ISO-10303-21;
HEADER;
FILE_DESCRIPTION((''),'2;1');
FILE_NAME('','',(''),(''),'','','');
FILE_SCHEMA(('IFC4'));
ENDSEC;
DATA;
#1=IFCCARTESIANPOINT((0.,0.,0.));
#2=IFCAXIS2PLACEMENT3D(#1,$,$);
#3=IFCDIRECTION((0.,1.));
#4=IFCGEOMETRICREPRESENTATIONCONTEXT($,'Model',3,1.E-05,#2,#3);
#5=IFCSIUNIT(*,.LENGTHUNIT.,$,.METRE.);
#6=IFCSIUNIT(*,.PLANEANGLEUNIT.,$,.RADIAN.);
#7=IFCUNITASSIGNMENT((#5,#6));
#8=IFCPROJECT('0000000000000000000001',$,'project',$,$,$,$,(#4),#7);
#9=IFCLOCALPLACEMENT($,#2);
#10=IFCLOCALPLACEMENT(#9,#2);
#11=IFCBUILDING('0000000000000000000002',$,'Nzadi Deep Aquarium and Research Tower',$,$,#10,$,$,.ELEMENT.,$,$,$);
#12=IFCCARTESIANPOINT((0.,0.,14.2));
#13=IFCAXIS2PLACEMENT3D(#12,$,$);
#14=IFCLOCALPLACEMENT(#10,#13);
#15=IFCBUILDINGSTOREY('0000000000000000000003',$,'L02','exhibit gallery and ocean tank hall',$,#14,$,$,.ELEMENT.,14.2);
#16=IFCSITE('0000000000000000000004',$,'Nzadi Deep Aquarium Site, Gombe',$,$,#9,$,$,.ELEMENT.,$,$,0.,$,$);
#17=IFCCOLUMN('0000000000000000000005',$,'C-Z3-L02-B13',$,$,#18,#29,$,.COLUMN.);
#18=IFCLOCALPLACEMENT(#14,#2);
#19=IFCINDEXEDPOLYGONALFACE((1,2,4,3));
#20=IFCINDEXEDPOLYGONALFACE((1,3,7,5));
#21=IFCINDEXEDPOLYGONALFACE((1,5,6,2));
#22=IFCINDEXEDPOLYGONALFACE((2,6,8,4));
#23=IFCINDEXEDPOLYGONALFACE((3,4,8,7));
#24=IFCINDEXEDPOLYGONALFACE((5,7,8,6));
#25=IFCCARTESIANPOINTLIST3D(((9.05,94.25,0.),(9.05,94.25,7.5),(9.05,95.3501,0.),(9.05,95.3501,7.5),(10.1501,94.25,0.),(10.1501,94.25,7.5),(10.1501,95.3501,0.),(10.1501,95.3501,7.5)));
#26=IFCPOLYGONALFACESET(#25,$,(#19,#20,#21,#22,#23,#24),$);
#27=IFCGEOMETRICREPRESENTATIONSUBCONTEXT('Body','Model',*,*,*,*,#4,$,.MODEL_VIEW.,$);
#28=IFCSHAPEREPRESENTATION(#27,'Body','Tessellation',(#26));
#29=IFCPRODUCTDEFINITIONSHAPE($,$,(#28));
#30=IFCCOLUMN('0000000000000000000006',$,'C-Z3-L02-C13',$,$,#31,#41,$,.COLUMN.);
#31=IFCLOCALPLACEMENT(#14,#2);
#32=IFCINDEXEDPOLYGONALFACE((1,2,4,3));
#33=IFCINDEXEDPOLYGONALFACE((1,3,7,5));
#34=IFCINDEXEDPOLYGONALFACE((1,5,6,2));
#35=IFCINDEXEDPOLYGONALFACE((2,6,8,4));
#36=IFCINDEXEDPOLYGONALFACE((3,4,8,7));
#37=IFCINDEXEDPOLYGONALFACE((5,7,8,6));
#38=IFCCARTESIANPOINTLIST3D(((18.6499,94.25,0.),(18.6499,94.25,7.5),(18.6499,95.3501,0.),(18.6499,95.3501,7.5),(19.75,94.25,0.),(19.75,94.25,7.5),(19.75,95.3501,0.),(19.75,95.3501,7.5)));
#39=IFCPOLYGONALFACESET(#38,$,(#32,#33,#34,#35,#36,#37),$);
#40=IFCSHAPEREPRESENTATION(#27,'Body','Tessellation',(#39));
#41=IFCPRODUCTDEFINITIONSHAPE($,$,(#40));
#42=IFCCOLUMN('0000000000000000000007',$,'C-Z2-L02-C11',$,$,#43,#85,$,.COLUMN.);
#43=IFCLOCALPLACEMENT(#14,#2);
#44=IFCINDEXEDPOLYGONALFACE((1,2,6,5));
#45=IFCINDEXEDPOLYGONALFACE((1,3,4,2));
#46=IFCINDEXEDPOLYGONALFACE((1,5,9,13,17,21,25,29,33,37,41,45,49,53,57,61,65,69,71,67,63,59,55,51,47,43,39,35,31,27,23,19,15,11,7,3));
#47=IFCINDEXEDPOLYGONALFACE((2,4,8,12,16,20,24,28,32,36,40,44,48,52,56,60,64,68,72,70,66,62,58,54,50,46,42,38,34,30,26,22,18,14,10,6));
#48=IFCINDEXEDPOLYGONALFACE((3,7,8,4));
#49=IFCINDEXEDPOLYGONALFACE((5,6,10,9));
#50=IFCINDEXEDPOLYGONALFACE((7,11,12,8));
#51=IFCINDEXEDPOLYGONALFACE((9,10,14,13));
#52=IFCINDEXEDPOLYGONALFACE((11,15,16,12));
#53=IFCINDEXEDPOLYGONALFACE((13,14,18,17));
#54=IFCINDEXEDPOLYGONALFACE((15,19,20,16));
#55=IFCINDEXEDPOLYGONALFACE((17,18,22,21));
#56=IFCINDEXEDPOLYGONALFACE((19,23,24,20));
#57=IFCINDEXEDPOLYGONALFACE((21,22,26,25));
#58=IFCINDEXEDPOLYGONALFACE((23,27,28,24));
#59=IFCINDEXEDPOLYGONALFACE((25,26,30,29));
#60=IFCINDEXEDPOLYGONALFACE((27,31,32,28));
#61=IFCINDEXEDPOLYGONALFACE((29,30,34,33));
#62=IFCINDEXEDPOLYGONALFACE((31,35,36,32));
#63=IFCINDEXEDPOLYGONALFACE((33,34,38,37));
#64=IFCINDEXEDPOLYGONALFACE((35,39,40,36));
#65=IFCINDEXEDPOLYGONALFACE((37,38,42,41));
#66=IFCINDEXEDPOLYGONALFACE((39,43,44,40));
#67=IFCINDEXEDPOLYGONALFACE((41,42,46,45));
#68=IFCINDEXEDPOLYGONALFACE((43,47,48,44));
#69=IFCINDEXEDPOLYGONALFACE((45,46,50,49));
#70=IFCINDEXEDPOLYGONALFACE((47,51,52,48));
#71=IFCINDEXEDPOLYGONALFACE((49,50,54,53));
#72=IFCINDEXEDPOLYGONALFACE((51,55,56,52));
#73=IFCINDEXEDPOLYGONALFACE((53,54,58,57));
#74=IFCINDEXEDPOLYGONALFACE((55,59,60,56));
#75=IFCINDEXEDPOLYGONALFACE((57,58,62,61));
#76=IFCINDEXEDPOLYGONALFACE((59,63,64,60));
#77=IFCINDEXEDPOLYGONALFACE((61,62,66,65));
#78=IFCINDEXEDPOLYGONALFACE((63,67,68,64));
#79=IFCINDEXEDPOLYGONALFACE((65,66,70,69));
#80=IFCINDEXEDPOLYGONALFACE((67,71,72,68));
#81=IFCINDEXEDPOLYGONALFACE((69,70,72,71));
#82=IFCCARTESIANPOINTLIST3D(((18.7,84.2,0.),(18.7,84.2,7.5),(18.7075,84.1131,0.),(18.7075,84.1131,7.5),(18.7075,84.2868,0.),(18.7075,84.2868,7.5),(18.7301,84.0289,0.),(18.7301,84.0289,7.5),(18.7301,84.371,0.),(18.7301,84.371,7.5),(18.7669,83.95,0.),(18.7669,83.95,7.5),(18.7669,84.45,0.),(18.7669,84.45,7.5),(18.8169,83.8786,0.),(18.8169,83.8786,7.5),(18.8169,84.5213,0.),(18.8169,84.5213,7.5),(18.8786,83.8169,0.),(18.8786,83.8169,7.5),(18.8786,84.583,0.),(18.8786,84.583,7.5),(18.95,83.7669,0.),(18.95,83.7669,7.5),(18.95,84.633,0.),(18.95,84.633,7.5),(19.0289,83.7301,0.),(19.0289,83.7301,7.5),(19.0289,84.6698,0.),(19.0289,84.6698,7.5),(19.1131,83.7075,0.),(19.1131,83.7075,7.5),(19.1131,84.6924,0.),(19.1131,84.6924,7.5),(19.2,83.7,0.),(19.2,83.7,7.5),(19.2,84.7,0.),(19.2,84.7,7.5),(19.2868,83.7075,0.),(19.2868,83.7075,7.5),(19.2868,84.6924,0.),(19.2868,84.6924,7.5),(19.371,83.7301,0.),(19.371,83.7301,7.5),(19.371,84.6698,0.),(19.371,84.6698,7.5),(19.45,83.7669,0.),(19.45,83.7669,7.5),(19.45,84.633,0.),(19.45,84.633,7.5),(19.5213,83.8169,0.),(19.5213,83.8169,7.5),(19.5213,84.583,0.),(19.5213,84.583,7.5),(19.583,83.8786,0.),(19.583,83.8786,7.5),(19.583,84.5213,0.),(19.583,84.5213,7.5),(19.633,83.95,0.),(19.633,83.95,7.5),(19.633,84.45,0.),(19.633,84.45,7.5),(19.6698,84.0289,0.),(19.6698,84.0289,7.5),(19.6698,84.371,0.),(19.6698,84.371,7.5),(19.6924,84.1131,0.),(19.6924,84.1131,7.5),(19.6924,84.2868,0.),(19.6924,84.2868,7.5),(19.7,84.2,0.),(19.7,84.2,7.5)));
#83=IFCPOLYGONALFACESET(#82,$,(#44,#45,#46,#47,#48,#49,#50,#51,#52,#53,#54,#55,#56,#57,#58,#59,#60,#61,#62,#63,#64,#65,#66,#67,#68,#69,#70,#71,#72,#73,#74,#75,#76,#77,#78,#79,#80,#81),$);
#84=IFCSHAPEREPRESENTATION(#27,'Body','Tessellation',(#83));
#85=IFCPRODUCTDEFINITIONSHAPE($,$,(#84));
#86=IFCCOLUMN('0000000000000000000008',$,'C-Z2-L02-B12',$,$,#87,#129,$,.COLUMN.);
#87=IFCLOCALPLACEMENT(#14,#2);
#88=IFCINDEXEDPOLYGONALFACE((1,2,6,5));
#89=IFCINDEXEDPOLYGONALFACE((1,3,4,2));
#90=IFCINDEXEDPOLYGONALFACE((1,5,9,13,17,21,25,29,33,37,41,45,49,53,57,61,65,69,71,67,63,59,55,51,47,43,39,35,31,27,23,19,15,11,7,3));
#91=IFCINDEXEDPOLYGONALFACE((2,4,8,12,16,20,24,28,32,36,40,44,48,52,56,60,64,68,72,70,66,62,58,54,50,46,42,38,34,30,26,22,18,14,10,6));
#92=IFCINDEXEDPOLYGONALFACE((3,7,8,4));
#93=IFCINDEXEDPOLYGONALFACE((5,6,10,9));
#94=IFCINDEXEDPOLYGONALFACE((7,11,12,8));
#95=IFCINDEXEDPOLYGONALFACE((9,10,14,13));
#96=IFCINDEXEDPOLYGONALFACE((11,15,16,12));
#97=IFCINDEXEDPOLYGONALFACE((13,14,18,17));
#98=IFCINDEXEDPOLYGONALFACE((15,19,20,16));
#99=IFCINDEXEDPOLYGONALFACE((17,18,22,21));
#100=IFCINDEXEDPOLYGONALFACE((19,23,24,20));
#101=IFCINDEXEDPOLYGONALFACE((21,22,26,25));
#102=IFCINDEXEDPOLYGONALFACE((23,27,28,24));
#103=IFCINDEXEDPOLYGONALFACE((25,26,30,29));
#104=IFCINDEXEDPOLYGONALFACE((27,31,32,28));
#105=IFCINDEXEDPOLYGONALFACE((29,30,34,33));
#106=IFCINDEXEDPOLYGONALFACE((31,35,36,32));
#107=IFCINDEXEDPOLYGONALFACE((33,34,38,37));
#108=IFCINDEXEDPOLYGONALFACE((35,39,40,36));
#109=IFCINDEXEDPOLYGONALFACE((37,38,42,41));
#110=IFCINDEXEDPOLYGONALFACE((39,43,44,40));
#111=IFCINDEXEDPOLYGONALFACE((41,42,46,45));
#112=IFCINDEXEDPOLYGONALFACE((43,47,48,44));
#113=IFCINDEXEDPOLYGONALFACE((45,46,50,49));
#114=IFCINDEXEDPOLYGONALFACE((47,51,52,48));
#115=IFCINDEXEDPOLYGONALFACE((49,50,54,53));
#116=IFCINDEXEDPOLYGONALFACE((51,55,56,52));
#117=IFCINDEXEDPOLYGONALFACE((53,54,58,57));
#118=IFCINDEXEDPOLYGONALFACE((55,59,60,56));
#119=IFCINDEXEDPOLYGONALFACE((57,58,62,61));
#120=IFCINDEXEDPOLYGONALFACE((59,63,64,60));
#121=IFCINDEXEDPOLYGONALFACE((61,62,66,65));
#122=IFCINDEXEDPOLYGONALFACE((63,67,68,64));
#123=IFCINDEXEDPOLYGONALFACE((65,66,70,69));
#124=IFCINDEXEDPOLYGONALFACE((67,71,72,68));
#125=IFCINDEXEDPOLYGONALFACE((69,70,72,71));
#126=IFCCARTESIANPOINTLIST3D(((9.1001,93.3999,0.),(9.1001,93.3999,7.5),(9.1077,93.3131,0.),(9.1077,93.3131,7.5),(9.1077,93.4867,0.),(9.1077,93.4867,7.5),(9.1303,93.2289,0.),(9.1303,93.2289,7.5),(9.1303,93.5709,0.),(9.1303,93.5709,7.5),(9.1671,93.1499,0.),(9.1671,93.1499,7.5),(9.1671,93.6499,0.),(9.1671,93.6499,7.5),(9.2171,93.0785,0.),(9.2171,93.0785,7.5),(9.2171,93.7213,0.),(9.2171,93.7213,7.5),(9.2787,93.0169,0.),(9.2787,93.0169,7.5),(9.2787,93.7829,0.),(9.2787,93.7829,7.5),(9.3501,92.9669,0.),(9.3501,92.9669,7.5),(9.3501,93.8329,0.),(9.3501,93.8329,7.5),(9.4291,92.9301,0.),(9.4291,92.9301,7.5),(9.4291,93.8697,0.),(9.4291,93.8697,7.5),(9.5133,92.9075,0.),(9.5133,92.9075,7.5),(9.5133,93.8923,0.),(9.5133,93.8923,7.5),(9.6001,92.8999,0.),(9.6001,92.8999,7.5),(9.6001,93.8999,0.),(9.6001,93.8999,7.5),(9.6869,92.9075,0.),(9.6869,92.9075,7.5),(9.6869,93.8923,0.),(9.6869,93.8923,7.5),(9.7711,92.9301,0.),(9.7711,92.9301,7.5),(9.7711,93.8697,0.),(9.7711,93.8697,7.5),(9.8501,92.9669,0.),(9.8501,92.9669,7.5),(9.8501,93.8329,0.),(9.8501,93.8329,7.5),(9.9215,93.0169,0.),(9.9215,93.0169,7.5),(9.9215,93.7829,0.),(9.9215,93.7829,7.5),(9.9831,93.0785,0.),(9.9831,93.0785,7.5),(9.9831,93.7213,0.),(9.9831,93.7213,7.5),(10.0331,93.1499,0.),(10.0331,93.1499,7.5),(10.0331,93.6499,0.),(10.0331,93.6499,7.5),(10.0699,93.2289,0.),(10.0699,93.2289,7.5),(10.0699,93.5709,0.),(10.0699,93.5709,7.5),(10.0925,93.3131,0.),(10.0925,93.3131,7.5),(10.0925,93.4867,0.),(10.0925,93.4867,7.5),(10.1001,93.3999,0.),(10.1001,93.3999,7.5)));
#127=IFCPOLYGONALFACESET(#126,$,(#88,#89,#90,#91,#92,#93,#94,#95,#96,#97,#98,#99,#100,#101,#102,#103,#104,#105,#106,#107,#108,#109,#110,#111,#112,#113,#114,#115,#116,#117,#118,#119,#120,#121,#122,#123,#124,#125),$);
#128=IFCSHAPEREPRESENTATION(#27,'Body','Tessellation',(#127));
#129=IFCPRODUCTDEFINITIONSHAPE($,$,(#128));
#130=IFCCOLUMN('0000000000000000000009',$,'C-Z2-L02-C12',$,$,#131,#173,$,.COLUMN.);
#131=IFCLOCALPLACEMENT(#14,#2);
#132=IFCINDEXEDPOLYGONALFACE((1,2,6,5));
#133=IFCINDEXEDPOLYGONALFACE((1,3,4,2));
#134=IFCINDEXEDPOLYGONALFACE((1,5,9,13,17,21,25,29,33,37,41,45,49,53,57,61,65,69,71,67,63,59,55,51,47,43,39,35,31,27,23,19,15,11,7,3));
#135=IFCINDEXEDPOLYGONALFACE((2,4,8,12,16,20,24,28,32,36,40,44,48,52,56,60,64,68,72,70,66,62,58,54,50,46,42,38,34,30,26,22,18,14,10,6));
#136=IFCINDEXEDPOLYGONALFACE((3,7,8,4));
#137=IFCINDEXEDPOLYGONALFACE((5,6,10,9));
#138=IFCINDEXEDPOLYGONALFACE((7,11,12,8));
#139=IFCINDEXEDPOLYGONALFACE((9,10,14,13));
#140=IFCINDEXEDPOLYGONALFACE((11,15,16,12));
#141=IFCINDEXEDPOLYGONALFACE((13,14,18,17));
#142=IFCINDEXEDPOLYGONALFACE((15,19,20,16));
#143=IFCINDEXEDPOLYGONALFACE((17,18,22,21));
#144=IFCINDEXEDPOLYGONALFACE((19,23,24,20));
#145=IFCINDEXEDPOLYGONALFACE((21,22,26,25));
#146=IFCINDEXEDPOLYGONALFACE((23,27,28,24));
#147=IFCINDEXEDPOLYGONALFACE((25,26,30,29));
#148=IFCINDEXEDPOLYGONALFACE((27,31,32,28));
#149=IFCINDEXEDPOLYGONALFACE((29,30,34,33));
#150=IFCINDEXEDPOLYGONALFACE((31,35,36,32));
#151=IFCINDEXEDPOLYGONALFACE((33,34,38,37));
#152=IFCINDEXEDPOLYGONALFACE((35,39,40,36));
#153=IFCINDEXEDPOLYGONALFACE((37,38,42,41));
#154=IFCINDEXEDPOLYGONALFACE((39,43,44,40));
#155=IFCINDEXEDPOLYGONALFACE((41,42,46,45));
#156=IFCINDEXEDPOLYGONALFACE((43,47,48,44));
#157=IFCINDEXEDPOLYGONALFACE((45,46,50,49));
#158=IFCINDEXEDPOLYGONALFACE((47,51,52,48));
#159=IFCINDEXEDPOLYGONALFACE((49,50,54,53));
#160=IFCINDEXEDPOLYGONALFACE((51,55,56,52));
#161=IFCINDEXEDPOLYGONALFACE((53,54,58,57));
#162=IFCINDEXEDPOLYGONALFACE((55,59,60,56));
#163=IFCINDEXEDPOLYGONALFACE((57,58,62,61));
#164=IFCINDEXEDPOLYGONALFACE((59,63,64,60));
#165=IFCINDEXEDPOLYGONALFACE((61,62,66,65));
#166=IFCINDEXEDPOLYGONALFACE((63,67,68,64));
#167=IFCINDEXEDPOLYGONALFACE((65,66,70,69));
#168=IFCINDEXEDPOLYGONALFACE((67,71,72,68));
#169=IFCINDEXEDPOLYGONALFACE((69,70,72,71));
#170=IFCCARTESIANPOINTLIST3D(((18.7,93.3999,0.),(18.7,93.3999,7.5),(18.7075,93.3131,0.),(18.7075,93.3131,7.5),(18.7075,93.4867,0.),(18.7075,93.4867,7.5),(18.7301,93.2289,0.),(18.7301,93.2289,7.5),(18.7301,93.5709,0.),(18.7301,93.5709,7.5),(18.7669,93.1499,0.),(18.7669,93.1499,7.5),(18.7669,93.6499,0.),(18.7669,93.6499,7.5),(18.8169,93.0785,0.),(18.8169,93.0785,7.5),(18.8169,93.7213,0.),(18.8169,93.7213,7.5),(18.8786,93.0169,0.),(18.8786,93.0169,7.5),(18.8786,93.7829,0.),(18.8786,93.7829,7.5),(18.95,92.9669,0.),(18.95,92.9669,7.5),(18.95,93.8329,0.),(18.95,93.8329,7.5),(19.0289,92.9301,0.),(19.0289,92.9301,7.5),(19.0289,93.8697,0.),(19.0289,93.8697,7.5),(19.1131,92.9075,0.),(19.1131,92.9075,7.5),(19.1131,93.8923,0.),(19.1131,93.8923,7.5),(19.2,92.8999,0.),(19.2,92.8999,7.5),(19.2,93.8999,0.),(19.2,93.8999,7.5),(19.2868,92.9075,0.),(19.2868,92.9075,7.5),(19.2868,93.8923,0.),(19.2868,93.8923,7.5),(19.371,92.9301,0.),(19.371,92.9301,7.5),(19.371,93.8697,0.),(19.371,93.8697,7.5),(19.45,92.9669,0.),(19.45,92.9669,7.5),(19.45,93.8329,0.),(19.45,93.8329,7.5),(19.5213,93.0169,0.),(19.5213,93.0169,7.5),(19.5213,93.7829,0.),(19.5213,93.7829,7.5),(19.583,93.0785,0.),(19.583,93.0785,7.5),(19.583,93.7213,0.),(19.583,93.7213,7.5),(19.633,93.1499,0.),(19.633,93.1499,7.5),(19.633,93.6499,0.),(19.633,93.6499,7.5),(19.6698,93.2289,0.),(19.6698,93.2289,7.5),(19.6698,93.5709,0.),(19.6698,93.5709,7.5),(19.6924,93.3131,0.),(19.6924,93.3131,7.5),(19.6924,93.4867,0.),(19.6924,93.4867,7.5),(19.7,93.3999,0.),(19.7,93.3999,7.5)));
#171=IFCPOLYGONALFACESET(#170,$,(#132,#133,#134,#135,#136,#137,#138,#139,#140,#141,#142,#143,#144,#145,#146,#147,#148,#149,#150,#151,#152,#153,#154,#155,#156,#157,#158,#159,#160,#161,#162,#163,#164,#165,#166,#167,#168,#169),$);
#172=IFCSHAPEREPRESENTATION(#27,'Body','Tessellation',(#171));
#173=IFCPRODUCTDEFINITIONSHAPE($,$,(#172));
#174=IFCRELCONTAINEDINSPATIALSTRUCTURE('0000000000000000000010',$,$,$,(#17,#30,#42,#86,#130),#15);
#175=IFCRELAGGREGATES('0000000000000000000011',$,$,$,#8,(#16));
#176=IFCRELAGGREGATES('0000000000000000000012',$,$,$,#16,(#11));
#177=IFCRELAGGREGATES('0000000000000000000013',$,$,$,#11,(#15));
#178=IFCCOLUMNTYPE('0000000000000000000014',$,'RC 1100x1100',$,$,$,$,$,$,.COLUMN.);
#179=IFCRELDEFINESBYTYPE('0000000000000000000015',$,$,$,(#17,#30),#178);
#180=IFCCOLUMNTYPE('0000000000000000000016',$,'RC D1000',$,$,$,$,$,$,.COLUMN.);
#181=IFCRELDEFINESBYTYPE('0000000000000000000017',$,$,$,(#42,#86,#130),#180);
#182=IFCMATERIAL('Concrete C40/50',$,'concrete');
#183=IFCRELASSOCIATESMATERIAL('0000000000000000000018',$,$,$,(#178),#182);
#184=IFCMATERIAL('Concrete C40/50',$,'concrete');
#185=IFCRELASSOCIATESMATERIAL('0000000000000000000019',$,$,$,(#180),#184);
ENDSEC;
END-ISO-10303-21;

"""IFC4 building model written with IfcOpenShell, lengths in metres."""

from ifc_helpers import new_model, si_unit, direction, frame, origin, origin_2d, place, context, subcontext, project, spatial, rectangle, circle, extrude, material, material_profile, profile_set, type_object, element, save


model = new_model("IFC4")

# Units and contexts
model_context = context("Model", 3, precision=1e-05, world=origin(), true_north=direction((0.0, 1.0)))
body_context = subcontext(model_context, "Body", "Model", "MODEL_VIEW")
ifc_project = project(units=[si_unit("LENGTHUNIT", "METRE"), si_unit("PLANEANGLEUNIT", "RADIAN")], contexts=[model_context])

# Site, building, storey
site_placement = place(None, origin())
site = spatial("IfcSite", under=ifc_project, at=site_placement, Name="Nzadi Deep Aquarium Site, Gombe", CompositionType="ELEMENT", RefElevation=0.0)
building_placement = place(site_placement, origin())
building = spatial("IfcBuilding", under=site, at=building_placement, Name="Nzadi Deep Aquarium and Research Tower", CompositionType="ELEMENT")
storey_placement = place(building_placement, frame((0.0, 0.0, 14.2)))
storey = spatial("IfcBuildingStorey", under=building, at=storey_placement, Name="L02", Description="exhibit gallery and ocean tank hall", CompositionType="ELEMENT", Elevation=14.2)

# Columns
ifc_material_1 = material(Name="Concrete C40/50", Category="concrete")
ifc_material_profile_1 = material_profile(ifc_material_1, rectangle(XDim=1.1001, YDim=1.1001, at=origin_2d()))
ifc_profile_set_1 = profile_set([ifc_material_profile_1], Name="Concrete C40/50")
column_type_1 = type_object("IfcColumnType", Name="RC 1100x1100", PredefinedType="COLUMN", material=ifc_profile_set_1)
for number, where, z_axis, x_axis, name in (
    (1, (9.6001, 94.8, 0.0), (0.0, 0.0, 1.0), (1.0, 0.0, 0.0), "C-Z3-L02-B13"),
    (2, (19.2, 94.8, 0.0), (0.0, 0.0, 1.0), (1.0, 0.0, 0.0), "C-Z3-L02-C13"),
):
    element("IfcColumn", number, at=place(storey_placement, frame(where, z_axis=z_axis, x_axis=x_axis)), inside=storey, type_object=column_type_1, Name=name, PredefinedType="COLUMN", context=body_context, shape_type="SweptSolid", body=[
        extrude(rectangle(XDim=1.1001, YDim=1.1001, at=origin_2d()), origin(), (0.0, 0.0, 1.0), 7.5),
    ])
ifc_material_2 = material(Name="Concrete C40/50", Category="concrete")
ifc_material_profile_2 = material_profile(ifc_material_2, circle(Radius=0.5, at=origin_2d()))
ifc_profile_set_2 = profile_set([ifc_material_profile_2], Name="Concrete C40/50")
column_type_2 = type_object("IfcColumnType", Name="RC D1000", PredefinedType="COLUMN", material=ifc_profile_set_2)
for number, where, z_axis, x_axis, name in (
    (3, (19.2, 84.2, 0.0), (0.0, 0.0, 1.0), (1.0, 0.0, 0.0), "C-Z2-L02-C11"),
    (4, (9.6001, 93.3999, 0.0), (0.0, 0.0, 1.0), (1.0, 0.0, 0.0), "C-Z2-L02-B12"),
    (5, (19.2, 93.3999, 0.0), (0.0, 0.0, 1.0), (1.0, 0.0, 0.0), "C-Z2-L02-C12"),
):
    element("IfcColumn", number, at=place(storey_placement, frame(where, z_axis=z_axis, x_axis=x_axis)), inside=storey, type_object=column_type_2, Name=name, PredefinedType="COLUMN", context=body_context, shape_type="SweptSolid", body=[
        extrude(circle(Radius=0.5, at=origin_2d()), origin(), (0.0, 0.0, 1.0), 7.5),
    ])

save(model, "model.ifc")
